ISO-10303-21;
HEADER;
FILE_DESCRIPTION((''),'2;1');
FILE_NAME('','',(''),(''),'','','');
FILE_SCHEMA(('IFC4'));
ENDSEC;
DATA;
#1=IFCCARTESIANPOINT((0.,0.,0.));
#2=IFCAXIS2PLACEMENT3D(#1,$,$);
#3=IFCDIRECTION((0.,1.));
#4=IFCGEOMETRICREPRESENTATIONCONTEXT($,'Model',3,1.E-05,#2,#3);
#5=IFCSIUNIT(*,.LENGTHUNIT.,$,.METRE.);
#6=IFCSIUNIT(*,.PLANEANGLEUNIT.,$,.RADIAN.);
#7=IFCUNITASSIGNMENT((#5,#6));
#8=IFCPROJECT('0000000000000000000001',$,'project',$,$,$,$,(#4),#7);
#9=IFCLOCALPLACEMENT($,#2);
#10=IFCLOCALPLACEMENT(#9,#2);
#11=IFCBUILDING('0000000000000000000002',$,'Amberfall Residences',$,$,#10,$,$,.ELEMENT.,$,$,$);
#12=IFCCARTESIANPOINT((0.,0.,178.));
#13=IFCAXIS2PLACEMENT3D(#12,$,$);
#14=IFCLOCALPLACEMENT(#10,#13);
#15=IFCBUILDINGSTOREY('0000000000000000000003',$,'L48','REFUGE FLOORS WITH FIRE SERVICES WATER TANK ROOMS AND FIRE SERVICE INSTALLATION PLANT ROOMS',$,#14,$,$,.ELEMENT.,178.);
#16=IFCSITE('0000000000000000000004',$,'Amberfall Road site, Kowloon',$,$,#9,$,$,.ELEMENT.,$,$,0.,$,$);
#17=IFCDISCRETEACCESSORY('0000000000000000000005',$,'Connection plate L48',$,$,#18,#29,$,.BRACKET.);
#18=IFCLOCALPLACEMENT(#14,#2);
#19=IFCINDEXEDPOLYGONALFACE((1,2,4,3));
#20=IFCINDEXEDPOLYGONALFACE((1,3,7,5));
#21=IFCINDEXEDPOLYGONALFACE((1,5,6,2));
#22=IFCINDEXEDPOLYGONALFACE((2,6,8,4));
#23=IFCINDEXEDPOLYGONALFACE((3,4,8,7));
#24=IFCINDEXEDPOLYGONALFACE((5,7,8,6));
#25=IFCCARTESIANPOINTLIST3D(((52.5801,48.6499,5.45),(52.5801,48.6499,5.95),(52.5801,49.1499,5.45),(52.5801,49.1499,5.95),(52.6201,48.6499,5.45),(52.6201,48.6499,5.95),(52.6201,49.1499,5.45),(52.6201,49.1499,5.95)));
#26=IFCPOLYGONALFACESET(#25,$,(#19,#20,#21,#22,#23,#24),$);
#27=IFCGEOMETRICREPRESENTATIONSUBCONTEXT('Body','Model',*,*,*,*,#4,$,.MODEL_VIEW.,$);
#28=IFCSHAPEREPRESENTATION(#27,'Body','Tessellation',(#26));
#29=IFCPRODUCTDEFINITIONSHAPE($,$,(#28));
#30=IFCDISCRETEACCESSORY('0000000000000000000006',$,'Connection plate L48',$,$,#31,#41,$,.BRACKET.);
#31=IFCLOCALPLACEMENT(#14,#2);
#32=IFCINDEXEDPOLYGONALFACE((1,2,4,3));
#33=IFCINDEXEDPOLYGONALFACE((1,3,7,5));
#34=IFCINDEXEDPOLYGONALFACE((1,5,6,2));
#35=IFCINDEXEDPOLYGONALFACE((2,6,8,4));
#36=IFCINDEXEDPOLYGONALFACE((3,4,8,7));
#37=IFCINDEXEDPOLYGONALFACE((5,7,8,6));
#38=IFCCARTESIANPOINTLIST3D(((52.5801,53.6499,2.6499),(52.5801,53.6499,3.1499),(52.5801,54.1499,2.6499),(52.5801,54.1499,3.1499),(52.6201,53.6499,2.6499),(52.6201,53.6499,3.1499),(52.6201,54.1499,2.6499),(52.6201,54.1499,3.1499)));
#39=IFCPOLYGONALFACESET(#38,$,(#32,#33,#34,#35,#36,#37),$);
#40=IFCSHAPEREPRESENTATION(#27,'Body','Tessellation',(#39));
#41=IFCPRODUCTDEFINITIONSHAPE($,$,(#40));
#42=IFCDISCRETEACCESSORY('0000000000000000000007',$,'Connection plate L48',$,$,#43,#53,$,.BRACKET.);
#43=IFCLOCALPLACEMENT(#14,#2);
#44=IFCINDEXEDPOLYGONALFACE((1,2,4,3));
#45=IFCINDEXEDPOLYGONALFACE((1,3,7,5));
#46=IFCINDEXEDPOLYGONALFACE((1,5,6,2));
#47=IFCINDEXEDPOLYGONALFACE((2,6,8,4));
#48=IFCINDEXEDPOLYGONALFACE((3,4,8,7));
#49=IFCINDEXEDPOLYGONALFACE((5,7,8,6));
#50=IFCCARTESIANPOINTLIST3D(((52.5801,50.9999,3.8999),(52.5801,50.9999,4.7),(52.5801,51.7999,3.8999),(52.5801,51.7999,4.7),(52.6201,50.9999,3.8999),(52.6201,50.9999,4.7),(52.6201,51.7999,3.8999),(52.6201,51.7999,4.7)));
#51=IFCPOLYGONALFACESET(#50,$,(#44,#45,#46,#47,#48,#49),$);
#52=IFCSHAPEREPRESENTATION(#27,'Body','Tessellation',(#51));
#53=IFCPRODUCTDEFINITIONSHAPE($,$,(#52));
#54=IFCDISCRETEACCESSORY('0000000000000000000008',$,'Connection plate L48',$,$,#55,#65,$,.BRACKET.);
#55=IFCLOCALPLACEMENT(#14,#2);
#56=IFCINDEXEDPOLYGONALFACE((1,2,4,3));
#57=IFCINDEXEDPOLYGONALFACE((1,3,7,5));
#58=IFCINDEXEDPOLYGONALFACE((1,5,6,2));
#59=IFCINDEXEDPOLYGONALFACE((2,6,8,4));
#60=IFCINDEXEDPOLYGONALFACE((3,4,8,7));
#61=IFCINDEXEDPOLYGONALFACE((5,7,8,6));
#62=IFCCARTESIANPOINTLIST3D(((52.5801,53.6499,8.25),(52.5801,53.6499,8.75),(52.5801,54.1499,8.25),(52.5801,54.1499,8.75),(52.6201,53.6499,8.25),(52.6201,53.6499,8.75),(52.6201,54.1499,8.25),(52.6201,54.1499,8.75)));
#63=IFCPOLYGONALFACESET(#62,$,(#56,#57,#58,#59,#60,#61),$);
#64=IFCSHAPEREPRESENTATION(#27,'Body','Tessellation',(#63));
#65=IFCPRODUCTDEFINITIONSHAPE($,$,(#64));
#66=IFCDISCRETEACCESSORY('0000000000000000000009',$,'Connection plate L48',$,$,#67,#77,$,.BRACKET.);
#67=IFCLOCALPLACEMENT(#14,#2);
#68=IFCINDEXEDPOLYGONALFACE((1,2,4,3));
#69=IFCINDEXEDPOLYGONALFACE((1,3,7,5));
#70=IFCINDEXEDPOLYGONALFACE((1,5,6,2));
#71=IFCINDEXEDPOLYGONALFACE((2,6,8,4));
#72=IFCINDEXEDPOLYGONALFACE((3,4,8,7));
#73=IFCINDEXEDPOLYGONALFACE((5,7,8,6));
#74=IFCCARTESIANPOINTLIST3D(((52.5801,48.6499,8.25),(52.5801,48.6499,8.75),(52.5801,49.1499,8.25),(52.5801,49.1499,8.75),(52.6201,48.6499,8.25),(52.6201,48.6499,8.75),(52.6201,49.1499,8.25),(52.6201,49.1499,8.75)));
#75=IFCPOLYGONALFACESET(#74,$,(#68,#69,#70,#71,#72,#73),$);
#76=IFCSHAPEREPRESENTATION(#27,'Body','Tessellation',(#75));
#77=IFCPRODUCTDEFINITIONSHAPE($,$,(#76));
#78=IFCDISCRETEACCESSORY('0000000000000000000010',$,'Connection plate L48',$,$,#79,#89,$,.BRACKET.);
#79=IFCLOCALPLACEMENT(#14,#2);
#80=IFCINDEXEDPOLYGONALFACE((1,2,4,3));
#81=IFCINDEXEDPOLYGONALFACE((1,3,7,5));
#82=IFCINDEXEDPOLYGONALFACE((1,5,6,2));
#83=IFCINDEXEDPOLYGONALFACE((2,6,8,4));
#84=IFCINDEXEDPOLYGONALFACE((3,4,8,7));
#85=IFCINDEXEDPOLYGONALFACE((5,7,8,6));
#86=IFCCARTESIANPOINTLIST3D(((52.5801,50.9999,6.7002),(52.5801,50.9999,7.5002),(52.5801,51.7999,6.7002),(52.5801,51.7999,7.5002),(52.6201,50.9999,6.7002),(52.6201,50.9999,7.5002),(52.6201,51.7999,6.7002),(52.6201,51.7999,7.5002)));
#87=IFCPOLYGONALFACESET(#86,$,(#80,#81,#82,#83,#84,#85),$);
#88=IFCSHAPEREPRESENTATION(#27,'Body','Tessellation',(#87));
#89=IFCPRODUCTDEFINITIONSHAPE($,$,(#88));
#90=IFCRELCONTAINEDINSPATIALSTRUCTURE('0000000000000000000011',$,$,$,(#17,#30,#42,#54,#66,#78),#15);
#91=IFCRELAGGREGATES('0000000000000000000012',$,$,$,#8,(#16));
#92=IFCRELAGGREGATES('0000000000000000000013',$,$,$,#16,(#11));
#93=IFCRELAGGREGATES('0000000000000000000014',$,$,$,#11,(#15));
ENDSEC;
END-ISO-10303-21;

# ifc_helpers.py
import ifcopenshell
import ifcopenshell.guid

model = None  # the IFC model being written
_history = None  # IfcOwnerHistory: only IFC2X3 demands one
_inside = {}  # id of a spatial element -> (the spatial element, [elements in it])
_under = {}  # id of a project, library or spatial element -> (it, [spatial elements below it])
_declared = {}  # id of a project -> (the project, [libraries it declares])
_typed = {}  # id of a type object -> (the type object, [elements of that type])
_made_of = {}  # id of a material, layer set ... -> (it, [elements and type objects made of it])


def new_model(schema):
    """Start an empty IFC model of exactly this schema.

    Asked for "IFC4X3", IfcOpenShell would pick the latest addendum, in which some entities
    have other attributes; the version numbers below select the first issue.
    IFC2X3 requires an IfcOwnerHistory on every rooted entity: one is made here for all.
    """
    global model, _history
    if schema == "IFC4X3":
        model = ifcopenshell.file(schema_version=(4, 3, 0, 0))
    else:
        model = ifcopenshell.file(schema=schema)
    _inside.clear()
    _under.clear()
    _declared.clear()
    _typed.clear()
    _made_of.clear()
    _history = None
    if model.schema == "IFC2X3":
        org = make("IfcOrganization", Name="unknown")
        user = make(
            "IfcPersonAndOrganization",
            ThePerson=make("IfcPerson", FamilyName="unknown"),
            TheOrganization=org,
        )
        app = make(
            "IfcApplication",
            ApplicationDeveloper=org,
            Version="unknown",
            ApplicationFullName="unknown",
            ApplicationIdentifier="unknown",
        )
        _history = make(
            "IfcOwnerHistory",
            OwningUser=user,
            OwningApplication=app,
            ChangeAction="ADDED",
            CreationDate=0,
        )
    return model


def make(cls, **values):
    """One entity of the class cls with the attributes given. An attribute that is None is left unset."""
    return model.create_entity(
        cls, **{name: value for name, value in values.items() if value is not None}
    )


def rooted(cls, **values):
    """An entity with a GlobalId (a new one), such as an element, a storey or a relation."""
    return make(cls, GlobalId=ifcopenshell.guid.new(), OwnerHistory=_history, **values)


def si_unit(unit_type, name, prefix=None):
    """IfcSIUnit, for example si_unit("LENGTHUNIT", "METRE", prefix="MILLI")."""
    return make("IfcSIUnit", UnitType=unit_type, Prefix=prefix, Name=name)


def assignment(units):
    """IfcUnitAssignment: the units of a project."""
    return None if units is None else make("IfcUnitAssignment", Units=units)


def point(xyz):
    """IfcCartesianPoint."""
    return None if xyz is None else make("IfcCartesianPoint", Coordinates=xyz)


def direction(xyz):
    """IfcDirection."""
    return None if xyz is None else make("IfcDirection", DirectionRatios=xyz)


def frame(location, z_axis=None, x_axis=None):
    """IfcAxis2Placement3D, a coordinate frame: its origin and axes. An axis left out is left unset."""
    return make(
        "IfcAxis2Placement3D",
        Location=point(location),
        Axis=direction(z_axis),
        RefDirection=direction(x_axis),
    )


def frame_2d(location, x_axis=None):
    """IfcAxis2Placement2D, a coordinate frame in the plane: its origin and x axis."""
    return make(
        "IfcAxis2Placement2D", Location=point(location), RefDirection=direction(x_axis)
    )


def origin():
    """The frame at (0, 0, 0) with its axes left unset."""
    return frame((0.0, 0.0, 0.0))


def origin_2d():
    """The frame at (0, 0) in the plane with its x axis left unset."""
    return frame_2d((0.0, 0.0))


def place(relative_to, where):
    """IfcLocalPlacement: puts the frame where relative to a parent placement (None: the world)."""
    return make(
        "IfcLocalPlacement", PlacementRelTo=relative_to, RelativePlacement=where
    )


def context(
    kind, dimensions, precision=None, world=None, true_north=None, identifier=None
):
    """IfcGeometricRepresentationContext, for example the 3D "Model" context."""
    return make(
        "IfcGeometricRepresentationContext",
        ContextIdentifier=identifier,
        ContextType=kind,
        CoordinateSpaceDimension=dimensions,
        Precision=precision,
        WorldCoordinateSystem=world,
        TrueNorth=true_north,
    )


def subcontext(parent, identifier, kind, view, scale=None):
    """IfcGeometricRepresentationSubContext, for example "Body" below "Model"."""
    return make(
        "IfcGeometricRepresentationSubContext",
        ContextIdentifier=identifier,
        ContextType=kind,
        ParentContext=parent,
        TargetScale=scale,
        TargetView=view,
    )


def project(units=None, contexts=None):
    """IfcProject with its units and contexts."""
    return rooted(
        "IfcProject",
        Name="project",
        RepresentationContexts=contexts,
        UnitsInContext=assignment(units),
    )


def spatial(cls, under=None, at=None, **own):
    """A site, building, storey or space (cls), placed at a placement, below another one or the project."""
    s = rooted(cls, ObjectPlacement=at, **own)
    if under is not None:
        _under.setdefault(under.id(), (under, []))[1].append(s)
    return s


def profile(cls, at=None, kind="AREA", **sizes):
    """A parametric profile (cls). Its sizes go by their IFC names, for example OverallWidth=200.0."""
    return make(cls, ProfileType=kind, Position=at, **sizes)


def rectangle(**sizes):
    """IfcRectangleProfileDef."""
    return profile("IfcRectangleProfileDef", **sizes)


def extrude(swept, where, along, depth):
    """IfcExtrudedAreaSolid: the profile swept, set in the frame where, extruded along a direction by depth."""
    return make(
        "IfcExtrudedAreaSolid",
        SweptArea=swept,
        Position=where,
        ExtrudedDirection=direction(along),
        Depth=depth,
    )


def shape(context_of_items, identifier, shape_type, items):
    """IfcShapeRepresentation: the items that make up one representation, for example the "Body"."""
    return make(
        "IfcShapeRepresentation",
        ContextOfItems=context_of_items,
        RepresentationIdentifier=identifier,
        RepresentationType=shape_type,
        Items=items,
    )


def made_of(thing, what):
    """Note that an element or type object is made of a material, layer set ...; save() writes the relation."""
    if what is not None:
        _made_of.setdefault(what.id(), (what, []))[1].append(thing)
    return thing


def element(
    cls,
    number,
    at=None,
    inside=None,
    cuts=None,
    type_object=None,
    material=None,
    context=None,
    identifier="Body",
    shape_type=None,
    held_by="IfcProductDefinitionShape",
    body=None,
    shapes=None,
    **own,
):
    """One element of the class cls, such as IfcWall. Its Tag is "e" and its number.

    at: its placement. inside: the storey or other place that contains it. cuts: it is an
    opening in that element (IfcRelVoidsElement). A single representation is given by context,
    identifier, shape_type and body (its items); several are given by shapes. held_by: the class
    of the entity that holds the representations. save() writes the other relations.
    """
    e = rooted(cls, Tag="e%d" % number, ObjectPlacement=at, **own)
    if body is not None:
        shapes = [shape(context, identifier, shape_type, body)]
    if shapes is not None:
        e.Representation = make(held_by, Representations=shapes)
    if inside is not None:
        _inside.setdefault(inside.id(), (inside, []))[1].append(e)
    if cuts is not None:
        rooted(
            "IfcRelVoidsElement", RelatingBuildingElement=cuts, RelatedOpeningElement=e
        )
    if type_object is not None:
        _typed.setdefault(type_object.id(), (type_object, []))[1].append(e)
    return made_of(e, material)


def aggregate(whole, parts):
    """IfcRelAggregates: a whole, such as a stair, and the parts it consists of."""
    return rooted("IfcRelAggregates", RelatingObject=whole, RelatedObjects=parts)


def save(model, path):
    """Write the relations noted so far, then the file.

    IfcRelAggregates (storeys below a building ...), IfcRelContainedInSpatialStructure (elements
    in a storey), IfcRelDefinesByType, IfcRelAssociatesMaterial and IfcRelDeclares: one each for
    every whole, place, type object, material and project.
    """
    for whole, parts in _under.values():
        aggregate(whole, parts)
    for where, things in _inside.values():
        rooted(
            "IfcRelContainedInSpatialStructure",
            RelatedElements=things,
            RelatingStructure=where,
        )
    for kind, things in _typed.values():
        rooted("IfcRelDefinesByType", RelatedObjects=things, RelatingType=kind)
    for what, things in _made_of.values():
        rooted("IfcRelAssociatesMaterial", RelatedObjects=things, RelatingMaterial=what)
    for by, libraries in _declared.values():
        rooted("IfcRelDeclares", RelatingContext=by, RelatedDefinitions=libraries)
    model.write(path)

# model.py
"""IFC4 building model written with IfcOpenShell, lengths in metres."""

from ifc_helpers import new_model, si_unit, direction, frame, origin, origin_2d, place, context, subcontext, project, spatial, rectangle, extrude, element, save


model = new_model("IFC4")

# Units and contexts
model_context = context("Model", 3, precision=1e-05, world=origin(), true_north=direction((0.0, 1.0)))
body_context = subcontext(model_context, "Body", "Model", "MODEL_VIEW")
ifc_project = project(units=[si_unit("LENGTHUNIT", "METRE"), si_unit("PLANEANGLEUNIT", "RADIAN")], contexts=[model_context])

# Site, building, storey
site_placement = place(None, origin())
site = spatial("IfcSite", under=ifc_project, at=site_placement, Name="Amberfall Road site, Kowloon", CompositionType="ELEMENT", RefElevation=0.0)
building_placement = place(site_placement, origin())
building = spatial("IfcBuilding", under=site, at=building_placement, Name="Amberfall Residences", CompositionType="ELEMENT")
storey_placement = place(building_placement, frame((0.0, 0.0, 178.0)))
storey = spatial("IfcBuildingStorey", under=building, at=storey_placement, Name="L48", Description="REFUGE FLOORS WITH FIRE SERVICES WATER TANK ROOMS AND FIRE SERVICE INSTALLATION PLANT ROOMS", CompositionType="ELEMENT", Elevation=178.0)

# Discrete accessories
for number, where, z_axis, x_axis, name in (
    (1, (52.6001, 48.8999, 5.45), (0.0, 0.0, 1.0), (0.0, 1.0, 0.0), "Connection plate L48"),
    (2, (52.6001, 53.8999, 2.6499), (0.0, 0.0, 1.0), (0.0, 1.0, 0.0), "Connection plate L48"),
):
    element("IfcDiscreteAccessory", number, at=place(storey_placement, frame(where, z_axis=z_axis, x_axis=x_axis)), inside=storey, Name=name, PredefinedType="BRACKET", context=body_context, shape_type="SweptSolid", body=[
        extrude(rectangle(XDim=0.5, YDim=0.04, at=origin_2d()), origin(), (0.0, 0.0, 1.0), 0.5),
    ])
discrete_accessory_1_placement = place(storey_placement, frame((52.6001, 51.3999, 3.8999), z_axis=(0.0, 0.0, 1.0), x_axis=(0.0, 1.0, 0.0)))
element("IfcDiscreteAccessory", 3, at=discrete_accessory_1_placement, inside=storey, Name="Connection plate L48", PredefinedType="BRACKET", context=body_context, shape_type="SweptSolid", body=[
    extrude(rectangle(XDim=0.8, YDim=0.04, at=origin_2d()), origin(), (0.0, 0.0, 1.0), 0.8),
])
for number, where, z_axis, x_axis, name in (
    (4, (52.6001, 53.8999, 8.25), (0.0, 0.0, 1.0), (0.0, 1.0, 0.0), "Connection plate L48"),
    (5, (52.6001, 48.8999, 8.25), (0.0, 0.0, 1.0), (0.0, 1.0, 0.0), "Connection plate L48"),
):
    element("IfcDiscreteAccessory", number, at=place(storey_placement, frame(where, z_axis=z_axis, x_axis=x_axis)), inside=storey, Name=name, PredefinedType="BRACKET", context=body_context, shape_type="SweptSolid", body=[
        extrude(rectangle(XDim=0.5, YDim=0.04, at=origin_2d()), origin(), (0.0, 0.0, 1.0), 0.5),
    ])
discrete_accessory_2_placement = place(storey_placement, frame((52.6001, 51.3999, 6.7002), z_axis=(0.0, 0.0, 1.0), x_axis=(0.0, 1.0, 0.0)))
element("IfcDiscreteAccessory", 6, at=discrete_accessory_2_placement, inside=storey, Name="Connection plate L48", PredefinedType="BRACKET", context=body_context, shape_type="SweptSolid", body=[
    extrude(rectangle(XDim=0.8, YDim=0.04, at=origin_2d()), origin(), (0.0, 0.0, 1.0), 0.8),
])

save(model, "model.ifc")
